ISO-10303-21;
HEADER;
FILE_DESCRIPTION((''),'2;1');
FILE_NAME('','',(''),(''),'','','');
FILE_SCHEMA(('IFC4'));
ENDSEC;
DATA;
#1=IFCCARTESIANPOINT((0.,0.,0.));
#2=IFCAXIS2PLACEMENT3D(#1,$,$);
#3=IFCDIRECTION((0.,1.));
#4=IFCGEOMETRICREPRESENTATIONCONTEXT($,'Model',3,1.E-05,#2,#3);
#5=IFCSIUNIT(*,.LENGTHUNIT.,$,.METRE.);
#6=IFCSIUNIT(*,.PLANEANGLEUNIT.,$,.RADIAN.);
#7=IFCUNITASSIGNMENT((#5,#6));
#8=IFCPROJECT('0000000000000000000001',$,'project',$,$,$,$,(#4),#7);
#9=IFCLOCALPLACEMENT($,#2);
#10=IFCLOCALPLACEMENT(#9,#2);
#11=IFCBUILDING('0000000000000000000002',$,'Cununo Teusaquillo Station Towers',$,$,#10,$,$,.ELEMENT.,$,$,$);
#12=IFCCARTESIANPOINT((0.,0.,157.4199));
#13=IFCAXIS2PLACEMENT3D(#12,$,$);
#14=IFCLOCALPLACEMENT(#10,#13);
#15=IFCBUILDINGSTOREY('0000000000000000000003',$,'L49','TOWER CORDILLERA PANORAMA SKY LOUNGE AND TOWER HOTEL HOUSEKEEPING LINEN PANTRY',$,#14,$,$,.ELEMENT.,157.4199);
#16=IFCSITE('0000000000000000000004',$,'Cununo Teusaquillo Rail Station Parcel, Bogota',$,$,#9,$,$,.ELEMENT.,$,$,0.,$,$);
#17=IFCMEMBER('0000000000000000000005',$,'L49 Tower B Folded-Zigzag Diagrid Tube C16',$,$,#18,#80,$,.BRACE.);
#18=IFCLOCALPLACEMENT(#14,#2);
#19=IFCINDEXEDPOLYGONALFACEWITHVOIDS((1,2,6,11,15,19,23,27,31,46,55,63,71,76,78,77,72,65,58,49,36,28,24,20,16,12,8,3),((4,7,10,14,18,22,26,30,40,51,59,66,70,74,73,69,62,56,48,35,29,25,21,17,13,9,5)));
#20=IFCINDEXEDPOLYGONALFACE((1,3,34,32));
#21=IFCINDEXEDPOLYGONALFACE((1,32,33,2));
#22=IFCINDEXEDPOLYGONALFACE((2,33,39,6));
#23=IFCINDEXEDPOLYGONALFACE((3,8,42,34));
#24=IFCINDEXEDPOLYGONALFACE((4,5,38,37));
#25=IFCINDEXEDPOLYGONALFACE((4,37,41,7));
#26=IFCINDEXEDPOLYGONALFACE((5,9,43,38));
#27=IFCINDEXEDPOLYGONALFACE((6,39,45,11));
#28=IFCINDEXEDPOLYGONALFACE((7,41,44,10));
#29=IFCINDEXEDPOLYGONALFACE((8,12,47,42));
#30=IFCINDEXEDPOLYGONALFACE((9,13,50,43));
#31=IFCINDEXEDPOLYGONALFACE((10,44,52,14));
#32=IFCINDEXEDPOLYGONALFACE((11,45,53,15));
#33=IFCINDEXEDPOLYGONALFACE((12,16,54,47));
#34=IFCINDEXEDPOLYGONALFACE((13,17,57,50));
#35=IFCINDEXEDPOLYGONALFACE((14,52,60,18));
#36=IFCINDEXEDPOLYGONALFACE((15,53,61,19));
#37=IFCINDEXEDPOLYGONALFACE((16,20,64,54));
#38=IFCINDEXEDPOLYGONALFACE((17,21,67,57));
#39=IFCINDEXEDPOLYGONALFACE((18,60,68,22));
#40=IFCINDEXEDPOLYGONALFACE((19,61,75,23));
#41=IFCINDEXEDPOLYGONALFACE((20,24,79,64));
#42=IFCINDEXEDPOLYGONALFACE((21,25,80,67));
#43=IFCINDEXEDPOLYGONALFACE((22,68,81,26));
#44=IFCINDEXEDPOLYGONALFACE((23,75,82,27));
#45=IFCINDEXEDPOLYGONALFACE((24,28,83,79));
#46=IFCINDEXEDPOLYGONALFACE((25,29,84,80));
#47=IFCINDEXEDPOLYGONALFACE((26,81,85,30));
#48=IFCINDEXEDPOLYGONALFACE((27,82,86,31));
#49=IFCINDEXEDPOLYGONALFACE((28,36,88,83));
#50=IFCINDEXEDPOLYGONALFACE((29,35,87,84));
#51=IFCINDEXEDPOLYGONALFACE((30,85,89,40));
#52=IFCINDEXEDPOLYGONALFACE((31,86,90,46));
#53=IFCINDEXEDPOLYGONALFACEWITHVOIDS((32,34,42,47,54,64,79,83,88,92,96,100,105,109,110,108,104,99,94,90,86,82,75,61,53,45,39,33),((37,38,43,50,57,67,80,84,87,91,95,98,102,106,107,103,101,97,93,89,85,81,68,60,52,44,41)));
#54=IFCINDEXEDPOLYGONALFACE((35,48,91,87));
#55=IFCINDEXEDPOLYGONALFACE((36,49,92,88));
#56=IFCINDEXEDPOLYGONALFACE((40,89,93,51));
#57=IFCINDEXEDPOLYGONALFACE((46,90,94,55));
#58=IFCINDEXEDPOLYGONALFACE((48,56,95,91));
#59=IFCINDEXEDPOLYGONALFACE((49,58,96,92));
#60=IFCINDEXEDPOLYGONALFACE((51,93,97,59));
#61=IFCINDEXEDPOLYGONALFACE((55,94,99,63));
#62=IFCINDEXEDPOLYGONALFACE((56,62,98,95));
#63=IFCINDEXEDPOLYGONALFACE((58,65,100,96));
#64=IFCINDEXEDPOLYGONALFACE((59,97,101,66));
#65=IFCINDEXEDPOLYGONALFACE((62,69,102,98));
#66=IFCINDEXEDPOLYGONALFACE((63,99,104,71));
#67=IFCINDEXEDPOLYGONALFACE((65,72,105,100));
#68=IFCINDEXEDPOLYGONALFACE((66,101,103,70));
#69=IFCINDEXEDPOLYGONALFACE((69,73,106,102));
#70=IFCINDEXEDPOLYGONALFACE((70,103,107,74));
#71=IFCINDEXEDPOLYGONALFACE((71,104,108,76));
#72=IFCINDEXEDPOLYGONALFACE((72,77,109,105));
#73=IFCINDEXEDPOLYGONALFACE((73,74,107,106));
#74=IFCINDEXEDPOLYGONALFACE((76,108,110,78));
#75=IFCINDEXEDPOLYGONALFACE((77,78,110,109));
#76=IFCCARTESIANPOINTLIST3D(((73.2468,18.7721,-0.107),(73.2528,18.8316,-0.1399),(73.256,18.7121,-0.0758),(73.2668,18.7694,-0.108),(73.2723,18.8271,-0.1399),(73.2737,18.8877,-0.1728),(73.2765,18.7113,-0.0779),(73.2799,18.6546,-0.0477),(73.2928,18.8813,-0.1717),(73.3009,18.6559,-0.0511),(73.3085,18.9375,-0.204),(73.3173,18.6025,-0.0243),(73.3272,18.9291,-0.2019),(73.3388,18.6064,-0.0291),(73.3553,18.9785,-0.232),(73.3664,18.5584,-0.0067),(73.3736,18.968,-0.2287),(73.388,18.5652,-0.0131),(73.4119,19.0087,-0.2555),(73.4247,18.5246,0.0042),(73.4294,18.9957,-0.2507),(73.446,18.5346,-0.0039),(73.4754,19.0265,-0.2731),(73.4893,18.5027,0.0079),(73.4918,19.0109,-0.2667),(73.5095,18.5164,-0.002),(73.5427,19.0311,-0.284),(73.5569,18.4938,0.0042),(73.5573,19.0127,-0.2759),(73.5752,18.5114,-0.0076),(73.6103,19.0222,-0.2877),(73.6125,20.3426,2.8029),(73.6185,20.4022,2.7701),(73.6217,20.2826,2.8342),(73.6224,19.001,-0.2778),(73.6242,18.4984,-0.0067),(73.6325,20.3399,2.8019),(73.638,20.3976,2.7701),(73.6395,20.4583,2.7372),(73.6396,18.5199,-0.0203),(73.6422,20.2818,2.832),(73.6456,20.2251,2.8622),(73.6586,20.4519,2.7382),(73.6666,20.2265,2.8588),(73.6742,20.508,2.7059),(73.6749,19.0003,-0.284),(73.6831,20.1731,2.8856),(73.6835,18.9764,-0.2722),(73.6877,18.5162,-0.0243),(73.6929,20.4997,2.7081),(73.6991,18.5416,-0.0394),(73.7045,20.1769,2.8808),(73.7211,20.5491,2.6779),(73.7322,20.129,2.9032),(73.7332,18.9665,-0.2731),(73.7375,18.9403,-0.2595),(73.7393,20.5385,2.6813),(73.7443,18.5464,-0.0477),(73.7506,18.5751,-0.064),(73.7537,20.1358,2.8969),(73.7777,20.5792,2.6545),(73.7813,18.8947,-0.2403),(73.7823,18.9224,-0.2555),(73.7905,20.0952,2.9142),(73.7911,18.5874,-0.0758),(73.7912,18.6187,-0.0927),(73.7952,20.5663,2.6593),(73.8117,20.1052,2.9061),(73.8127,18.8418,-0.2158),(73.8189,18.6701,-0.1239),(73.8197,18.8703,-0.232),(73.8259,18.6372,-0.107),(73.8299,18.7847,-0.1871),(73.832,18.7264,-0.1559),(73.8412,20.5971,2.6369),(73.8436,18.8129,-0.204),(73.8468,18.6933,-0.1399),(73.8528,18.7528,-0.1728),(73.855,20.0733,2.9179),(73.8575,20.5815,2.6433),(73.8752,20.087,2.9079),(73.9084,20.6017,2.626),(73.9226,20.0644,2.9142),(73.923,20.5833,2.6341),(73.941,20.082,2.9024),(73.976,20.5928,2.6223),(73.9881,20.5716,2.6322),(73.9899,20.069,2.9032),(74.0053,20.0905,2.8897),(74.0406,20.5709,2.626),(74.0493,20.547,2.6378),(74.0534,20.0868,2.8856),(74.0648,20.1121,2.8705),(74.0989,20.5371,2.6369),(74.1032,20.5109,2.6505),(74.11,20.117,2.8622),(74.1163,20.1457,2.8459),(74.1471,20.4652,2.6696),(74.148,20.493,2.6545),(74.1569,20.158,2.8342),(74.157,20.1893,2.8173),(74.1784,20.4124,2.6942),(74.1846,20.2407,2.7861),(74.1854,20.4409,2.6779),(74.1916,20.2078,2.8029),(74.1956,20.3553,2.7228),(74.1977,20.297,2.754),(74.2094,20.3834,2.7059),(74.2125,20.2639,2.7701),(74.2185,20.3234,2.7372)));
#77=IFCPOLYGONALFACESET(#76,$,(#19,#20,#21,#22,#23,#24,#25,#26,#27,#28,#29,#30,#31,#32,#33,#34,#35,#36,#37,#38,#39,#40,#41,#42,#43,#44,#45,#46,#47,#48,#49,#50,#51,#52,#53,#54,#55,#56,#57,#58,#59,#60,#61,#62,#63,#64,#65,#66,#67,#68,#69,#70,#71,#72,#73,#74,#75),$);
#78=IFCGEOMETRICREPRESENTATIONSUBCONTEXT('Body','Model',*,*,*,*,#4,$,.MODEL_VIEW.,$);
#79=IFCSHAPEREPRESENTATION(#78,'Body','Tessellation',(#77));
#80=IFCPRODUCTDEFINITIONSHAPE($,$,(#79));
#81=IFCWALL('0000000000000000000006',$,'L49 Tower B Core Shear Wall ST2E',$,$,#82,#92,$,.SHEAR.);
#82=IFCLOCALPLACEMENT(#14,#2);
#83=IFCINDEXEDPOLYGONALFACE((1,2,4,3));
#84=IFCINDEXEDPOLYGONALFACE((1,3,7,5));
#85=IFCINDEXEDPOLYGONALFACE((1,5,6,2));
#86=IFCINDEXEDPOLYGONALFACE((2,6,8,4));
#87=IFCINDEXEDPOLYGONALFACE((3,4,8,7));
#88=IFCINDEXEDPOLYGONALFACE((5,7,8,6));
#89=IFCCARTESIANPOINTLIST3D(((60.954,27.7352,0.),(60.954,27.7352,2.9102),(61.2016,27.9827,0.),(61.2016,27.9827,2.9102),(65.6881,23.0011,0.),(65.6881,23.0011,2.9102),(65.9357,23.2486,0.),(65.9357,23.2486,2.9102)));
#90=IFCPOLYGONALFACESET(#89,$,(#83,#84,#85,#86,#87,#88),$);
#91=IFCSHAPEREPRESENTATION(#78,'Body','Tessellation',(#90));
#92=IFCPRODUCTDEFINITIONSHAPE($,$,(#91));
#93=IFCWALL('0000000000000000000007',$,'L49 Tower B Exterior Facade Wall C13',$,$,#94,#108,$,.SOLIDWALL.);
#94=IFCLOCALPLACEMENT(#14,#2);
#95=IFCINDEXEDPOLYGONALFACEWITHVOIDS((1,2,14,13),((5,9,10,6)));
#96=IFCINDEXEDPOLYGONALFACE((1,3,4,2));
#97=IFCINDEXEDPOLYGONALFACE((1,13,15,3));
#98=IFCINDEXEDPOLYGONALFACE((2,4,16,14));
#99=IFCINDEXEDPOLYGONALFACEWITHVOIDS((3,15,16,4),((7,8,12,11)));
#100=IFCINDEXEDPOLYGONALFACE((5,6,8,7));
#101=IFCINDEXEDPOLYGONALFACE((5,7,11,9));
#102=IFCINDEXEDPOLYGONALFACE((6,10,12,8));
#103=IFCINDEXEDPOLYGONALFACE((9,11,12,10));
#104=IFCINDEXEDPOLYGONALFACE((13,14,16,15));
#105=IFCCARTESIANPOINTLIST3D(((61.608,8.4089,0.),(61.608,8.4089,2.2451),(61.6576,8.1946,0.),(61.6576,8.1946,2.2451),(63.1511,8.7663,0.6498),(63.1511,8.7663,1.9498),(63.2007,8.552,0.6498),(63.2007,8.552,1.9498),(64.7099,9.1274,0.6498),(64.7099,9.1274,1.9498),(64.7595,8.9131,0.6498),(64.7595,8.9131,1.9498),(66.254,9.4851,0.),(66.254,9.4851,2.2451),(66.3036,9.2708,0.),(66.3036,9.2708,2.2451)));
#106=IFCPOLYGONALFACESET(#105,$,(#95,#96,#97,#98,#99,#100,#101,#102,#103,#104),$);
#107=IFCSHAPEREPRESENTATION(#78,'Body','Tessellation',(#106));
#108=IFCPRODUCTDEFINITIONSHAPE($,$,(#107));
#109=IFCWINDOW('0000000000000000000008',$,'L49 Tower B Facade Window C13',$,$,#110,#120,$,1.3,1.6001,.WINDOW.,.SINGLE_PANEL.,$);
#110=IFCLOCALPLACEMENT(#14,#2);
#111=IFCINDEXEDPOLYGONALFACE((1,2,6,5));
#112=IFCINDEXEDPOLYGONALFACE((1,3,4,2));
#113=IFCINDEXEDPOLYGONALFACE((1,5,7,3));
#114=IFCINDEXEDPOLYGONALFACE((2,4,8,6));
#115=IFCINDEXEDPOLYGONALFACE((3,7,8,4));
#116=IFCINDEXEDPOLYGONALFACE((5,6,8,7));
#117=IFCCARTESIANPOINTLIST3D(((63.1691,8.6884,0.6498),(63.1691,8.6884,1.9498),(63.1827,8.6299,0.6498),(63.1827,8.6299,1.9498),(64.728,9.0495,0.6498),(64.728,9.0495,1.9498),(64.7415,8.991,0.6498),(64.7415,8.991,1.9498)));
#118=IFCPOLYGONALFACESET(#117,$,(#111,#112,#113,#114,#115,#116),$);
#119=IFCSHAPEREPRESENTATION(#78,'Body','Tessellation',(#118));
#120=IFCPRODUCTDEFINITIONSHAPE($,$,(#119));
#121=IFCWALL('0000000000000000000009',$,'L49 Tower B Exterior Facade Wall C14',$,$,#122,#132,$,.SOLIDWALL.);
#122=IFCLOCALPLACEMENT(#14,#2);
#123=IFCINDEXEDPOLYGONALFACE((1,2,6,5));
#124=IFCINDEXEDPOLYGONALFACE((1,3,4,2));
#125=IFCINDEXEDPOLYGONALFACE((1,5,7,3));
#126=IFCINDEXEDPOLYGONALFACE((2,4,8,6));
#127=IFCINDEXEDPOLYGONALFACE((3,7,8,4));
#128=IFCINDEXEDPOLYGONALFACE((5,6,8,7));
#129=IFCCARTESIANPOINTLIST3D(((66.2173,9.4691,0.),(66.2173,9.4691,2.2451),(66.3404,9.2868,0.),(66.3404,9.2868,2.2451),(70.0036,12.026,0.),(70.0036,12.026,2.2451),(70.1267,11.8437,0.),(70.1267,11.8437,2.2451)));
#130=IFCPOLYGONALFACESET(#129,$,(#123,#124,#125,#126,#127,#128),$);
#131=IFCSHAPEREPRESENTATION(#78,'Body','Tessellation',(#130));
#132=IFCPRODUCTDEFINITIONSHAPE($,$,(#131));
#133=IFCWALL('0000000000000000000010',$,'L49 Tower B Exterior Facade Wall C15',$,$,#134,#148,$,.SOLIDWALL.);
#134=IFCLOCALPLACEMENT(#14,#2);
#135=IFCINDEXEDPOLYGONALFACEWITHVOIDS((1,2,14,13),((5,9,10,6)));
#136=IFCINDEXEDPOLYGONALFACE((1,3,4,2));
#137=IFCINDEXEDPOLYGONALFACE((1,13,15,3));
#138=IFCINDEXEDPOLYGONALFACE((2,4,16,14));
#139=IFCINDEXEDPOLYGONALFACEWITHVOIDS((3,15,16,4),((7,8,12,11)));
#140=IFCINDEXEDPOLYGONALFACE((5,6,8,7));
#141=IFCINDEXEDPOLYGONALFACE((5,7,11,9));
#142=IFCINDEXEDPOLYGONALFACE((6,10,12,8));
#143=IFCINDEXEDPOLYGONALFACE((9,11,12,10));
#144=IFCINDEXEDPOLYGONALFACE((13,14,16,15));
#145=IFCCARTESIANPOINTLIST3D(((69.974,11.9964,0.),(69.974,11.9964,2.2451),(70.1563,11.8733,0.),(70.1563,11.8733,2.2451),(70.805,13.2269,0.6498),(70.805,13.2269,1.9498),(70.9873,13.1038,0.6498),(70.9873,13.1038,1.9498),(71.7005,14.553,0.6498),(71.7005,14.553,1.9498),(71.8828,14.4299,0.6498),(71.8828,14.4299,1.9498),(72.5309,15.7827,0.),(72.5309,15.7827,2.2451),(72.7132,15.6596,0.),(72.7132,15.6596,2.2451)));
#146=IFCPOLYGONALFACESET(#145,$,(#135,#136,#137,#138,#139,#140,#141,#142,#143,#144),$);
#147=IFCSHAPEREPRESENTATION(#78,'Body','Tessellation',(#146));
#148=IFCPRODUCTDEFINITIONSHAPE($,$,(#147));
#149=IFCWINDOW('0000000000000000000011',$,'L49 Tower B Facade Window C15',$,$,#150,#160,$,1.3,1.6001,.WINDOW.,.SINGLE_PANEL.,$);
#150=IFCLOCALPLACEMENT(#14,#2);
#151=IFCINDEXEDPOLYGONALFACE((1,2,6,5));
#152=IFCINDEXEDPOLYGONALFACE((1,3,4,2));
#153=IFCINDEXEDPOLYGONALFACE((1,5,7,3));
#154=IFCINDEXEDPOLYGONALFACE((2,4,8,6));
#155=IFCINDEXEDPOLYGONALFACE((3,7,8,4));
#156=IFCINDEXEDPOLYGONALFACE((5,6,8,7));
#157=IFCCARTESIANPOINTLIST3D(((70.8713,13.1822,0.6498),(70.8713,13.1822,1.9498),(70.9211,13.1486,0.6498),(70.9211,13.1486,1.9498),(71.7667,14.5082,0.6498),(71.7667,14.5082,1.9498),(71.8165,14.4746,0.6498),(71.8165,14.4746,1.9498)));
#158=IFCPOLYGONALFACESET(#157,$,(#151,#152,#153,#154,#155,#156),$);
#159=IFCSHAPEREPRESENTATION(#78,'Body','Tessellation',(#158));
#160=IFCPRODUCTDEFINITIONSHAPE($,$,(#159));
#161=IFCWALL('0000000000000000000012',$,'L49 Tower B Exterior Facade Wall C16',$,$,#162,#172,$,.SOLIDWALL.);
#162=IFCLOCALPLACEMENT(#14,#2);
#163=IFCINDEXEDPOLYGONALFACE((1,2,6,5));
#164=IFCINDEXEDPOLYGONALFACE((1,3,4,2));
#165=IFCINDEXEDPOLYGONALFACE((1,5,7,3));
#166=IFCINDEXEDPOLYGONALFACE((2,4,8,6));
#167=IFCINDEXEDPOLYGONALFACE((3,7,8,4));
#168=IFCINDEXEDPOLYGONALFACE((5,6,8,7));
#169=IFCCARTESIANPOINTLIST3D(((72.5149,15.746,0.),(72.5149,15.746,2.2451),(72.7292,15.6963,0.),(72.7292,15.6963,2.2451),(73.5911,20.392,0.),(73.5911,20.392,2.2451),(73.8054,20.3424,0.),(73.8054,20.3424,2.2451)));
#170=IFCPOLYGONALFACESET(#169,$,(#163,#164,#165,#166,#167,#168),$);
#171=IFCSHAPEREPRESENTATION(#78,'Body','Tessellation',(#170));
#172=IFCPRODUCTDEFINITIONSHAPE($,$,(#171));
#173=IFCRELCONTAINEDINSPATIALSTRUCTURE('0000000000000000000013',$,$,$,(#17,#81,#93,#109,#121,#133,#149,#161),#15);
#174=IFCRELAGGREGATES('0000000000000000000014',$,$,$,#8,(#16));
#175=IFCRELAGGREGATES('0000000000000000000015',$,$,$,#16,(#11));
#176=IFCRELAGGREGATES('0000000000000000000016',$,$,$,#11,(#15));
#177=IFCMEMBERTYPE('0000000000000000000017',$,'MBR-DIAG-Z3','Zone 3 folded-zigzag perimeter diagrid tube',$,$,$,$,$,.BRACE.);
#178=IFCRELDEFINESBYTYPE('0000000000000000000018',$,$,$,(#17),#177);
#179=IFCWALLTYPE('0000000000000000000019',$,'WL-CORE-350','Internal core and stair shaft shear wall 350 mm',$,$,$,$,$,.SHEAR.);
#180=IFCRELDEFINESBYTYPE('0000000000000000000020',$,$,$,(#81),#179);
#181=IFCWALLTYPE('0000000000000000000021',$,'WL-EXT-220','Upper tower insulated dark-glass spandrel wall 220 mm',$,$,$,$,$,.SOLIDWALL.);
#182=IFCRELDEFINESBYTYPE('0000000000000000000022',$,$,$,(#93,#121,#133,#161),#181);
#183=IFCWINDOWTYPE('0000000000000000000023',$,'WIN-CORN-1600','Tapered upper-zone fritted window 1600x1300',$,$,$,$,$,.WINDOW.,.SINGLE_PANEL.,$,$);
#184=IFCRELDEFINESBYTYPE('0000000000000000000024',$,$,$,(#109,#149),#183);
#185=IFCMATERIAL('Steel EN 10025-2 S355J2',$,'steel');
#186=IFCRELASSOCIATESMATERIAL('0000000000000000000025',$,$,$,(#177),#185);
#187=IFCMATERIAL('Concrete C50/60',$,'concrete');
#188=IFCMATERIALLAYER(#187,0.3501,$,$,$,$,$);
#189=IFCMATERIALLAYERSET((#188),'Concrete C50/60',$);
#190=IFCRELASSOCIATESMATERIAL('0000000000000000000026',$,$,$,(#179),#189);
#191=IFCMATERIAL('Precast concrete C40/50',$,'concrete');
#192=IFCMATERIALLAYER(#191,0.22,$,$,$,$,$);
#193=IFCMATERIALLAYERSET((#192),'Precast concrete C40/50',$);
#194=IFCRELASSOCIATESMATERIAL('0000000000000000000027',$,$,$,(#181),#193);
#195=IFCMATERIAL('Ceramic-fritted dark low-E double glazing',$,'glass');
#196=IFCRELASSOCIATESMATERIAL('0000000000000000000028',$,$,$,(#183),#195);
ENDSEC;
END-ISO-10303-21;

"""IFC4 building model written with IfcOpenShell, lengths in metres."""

from ifc_helpers import new_model, si_unit, direction, frame, frame_2d, origin, origin_2d, place, context, subcontext, project, spatial, rectangle, hollow_circle, extrude, source, transform, mapped, material, layer, layer_set, material_profile, profile_set, type_object, element, fill, save


model = new_model("IFC4")

# Units and contexts
model_context = context("Model", 3, precision=1e-05, world=origin(), true_north=direction((0.0, 1.0)))
body_context = subcontext(model_context, "Body", "Model", "MODEL_VIEW")
ifc_project = project(units=[si_unit("LENGTHUNIT", "METRE"), si_unit("PLANEANGLEUNIT", "RADIAN")], contexts=[model_context])

# Site, building, storey
site_placement = place(None, origin())
site = spatial("IfcSite", under=ifc_project, at=site_placement, Name="Cununo Teusaquillo Rail Station Parcel, Bogota", CompositionType="ELEMENT", RefElevation=0.0)
building_placement = place(site_placement, origin())
building = spatial("IfcBuilding", under=site, at=building_placement, Name="Cununo Teusaquillo Station Towers", CompositionType="ELEMENT")
storey_placement = place(building_placement, frame((0.0, 0.0, 157.4199)))
storey = spatial("IfcBuildingStorey", under=building, at=storey_placement, Name="L49", Description="TOWER CORDILLERA PANORAMA SKY LOUNGE AND TOWER HOTEL HOUSEKEEPING LINEN PANTRY", CompositionType="ELEMENT", Elevation=157.4199)

# Member
ifc_material_1 = material(Name="Steel EN 10025-2 S355J2", Category="steel")
ifc_material_profile_1 = material_profile(ifc_material_1, hollow_circle(Radius=0.3049, WallThickness=0.02, at=origin_2d()), Name="CHS 610x20")
ifc_profile_set_1 = profile_set([ifc_material_profile_1], Name="Steel EN 10025-2 S355J2")
member_type = type_object("IfcMemberType", Name="MBR-DIAG-Z3", Description="Zone 3 folded-zigzag perimeter diagrid tube", PredefinedType="BRACE", material=ifc_profile_set_1)
member_1_placement = place(storey_placement, frame((73.5498, 18.7625, -0.1399), z_axis=(0.10993, 0.472084, 0.874673), x_axis=(-0.973943, 0.226794, 0.0)))
element("IfcMember", 1, at=member_1_placement, inside=storey, type_object=member_type, Name="L49 Tower B Folded-Zigzag Diagrid Tube C16", PredefinedType="BRACE", context=body_context, shape_type="SweptSolid", body=[
    extrude(hollow_circle(Radius=0.3049, WallThickness=0.02, at=origin_2d()), origin(), (0.0, 0.0, 1.0), 3.3269),
])

# Wall
ifc_material_2 = material(Name="Concrete C50/60", Category="concrete")
ifc_layer_1 = layer(ifc_material_2, 0.3501)
ifc_layer_set_1 = layer_set([ifc_layer_1], Name="Concrete C50/60")
wall_type_1 = type_object("IfcWallType", Name="WL-CORE-350", Description="Internal core and stair shaft shear wall 350 mm", PredefinedType="SHEAR", material=ifc_layer_set_1)
wall_1_placement = place(storey_placement, frame((65.812, 23.1248, 0.0), z_axis=(0.0, 0.0, 1.0), x_axis=(-0.707107, 0.707107, 0.0)))
element("IfcWall", 2, at=wall_1_placement, inside=storey, type_object=wall_type_1, Name="L49 Tower B Core Shear Wall ST2E", PredefinedType="SHEAR", context=body_context, shape_type="SweptSolid", body=[
    extrude(rectangle(XDim=6.6951, YDim=0.3501, at=frame_2d((3.3477, 0.0))), origin(), (0.0, 0.0, 1.0), 2.9102),
])

# Wall, opening, window
ifc_material_3 = material(Name="Precast concrete C40/50", Category="concrete")
ifc_layer_2 = layer(ifc_material_3, 0.22)
ifc_layer_set_2 = layer_set([ifc_layer_2], Name="Precast concrete C40/50")
wall_type_2 = type_object("IfcWallType", Name="WL-EXT-220", Description="Upper tower insulated dark-glass spandrel wall 220 mm", PredefinedType="SOLIDWALL", material=ifc_layer_set_2)
wall_2_placement = place(storey_placement, frame((66.2788, 9.3779, 0.0), z_axis=(0.0, 0.0, 1.0), x_axis=(-0.974206, -0.22566, 0.0)))
wall_2 = element("IfcWall", 3, at=wall_2_placement, inside=storey, type_object=wall_type_2, Name="L49 Tower B Exterior Facade Wall C13", PredefinedType="SOLIDWALL", context=body_context, shape_type="SweptSolid", body=[
    extrude(rectangle(XDim=4.769, YDim=0.22, at=frame_2d((2.3845, 0.0))), origin(), (0.0, 0.0, 1.0), 2.2451),
])
shared_shape_1 = source(origin(), body_context, "Body", "SweptSolid", [
    extrude(rectangle(XDim=1.6001, YDim=1.3, at=frame_2d((0.8, 0.6499))), frame((0.0, 0.1199, 0.0), z_axis=(0.0, -1.0, 0.0), x_axis=(1.0, 0.0, 0.0)), (0.0, 0.0, 1.0), 0.24),
])
opening_1_placement = place(wall_2_placement, frame((1.585, 0.0, 0.6499)))
opening_1 = element("IfcOpeningElement", 4, at=opening_1_placement, cuts=wall_2, PredefinedType="OPENING", context=body_context, shape_type="MappedRepresentation", body=[
    mapped(shared_shape_1, transform((0.0, 0.0, 0.0), x_axis=(1.0, 0.0, 0.0), y_axis=(0.0, 1.0, 0.0), z_axis=(0.0, 0.0, 1.0), scale=1.0)),
])
ifc_material_4 = material(Name="Ceramic-fritted dark low-E double glazing", Category="glass")
window_type = type_object("IfcWindowType", Name="WIN-CORN-1600", Description="Tapered upper-zone fritted window 1600x1300", PartitioningType="SINGLE_PANEL", PredefinedType="WINDOW", material=ifc_material_4)
shared_shape_2 = source(origin(), body_context, "Body", "SweptSolid", [
    extrude(rectangle(XDim=1.6001, YDim=1.3, at=frame_2d((0.8, 0.6499))), frame((0.0, 0.03, 0.0), z_axis=(0.0, -1.0, 0.0), x_axis=(1.0, 0.0, 0.0)), (0.0, 0.0, 1.0), 0.0601),
])
window_1_placement = place(opening_1_placement, origin())
window_1 = element("IfcWindow", 5, at=window_1_placement, inside=storey, type_object=window_type, Name="L49 Tower B Facade Window C13", OverallHeight=1.3, OverallWidth=1.6001, PartitioningType="SINGLE_PANEL", PredefinedType="WINDOW", context=body_context, shape_type="MappedRepresentation", body=[
    mapped(shared_shape_2, transform((0.0, 0.0, 0.0), x_axis=(1.0, 0.0, 0.0), y_axis=(0.0, 1.0, 0.0), z_axis=(0.0, 0.0, 1.0), scale=1.0)),
])
fill(opening_1, window_1)

# Wall
wall_3_placement = place(storey_placement, frame((70.0652, 11.9348, 0.0), z_axis=(0.0, 0.0, 1.0), x_axis=(-0.828739, -0.559635, 0.0)))
element("IfcWall", 6, at=wall_3_placement, inside=storey, type_object=wall_type_2, Name="L49 Tower B Exterior Facade Wall C14", PredefinedType="SOLIDWALL", context=body_context, shape_type="SweptSolid", body=[
    extrude(rectangle(XDim=4.5688, YDim=0.22, at=frame_2d((2.2844, 0.0))), origin(), (0.0, 0.0, 1.0), 2.2451),
])

# Wall, opening, window
wall_4_placement = place(storey_placement, frame((72.6221, 15.7212, 0.0), z_axis=(0.0, 0.0, 1.0), x_axis=(-0.559635, -0.828739, 0.0)))
wall_4 = element("IfcWall", 7, at=wall_4_placement, inside=storey, type_object=wall_type_2, Name="L49 Tower B Exterior Facade Wall C15", PredefinedType="SOLIDWALL", context=body_context, shape_type="SweptSolid", body=[
    extrude(rectangle(XDim=4.5688, YDim=0.22, at=frame_2d((2.2844, 0.0))), origin(), (0.0, 0.0, 1.0), 2.2451),
])
opening_2_placement = place(wall_4_placement, frame((1.4839, 0.0, 0.6499)))
opening_2 = element("IfcOpeningElement", 8, at=opening_2_placement, cuts=wall_4, PredefinedType="OPENING", context=body_context, shape_type="MappedRepresentation", body=[
    mapped(shared_shape_1, transform((0.0, 0.0, 0.0), x_axis=(1.0, 0.0, 0.0), y_axis=(0.0, 1.0, 0.0), z_axis=(0.0, 0.0, 1.0), scale=1.0)),
])
window_2_placement = place(opening_2_placement, origin())
window_2 = element("IfcWindow", 9, at=window_2_placement, inside=storey, type_object=window_type, Name="L49 Tower B Facade Window C15", OverallHeight=1.3, OverallWidth=1.6001, PartitioningType="SINGLE_PANEL", PredefinedType="WINDOW", context=body_context, shape_type="MappedRepresentation", body=[
    mapped(shared_shape_2, transform((0.0, 0.0, 0.0), x_axis=(1.0, 0.0, 0.0), y_axis=(0.0, 1.0, 0.0), z_axis=(0.0, 0.0, 1.0), scale=1.0)),
])
fill(opening_2, window_2)

# Wall
wall_5_placement = place(storey_placement, frame((73.6982, 20.3672, 0.0), z_axis=(0.0, 0.0, 1.0), x_axis=(-0.22566, -0.974206, 0.0)))
element("IfcWall", 10, at=wall_5_placement, inside=storey, type_object=wall_type_2, Name="L49 Tower B Exterior Facade Wall C16", PredefinedType="SOLIDWALL", context=body_context, shape_type="SweptSolid", body=[
    extrude(rectangle(XDim=4.769, YDim=0.22, at=frame_2d((2.3845, 0.0))), origin(), (0.0, 0.0, 1.0), 2.2451),
])

save(model, "model.ifc")
